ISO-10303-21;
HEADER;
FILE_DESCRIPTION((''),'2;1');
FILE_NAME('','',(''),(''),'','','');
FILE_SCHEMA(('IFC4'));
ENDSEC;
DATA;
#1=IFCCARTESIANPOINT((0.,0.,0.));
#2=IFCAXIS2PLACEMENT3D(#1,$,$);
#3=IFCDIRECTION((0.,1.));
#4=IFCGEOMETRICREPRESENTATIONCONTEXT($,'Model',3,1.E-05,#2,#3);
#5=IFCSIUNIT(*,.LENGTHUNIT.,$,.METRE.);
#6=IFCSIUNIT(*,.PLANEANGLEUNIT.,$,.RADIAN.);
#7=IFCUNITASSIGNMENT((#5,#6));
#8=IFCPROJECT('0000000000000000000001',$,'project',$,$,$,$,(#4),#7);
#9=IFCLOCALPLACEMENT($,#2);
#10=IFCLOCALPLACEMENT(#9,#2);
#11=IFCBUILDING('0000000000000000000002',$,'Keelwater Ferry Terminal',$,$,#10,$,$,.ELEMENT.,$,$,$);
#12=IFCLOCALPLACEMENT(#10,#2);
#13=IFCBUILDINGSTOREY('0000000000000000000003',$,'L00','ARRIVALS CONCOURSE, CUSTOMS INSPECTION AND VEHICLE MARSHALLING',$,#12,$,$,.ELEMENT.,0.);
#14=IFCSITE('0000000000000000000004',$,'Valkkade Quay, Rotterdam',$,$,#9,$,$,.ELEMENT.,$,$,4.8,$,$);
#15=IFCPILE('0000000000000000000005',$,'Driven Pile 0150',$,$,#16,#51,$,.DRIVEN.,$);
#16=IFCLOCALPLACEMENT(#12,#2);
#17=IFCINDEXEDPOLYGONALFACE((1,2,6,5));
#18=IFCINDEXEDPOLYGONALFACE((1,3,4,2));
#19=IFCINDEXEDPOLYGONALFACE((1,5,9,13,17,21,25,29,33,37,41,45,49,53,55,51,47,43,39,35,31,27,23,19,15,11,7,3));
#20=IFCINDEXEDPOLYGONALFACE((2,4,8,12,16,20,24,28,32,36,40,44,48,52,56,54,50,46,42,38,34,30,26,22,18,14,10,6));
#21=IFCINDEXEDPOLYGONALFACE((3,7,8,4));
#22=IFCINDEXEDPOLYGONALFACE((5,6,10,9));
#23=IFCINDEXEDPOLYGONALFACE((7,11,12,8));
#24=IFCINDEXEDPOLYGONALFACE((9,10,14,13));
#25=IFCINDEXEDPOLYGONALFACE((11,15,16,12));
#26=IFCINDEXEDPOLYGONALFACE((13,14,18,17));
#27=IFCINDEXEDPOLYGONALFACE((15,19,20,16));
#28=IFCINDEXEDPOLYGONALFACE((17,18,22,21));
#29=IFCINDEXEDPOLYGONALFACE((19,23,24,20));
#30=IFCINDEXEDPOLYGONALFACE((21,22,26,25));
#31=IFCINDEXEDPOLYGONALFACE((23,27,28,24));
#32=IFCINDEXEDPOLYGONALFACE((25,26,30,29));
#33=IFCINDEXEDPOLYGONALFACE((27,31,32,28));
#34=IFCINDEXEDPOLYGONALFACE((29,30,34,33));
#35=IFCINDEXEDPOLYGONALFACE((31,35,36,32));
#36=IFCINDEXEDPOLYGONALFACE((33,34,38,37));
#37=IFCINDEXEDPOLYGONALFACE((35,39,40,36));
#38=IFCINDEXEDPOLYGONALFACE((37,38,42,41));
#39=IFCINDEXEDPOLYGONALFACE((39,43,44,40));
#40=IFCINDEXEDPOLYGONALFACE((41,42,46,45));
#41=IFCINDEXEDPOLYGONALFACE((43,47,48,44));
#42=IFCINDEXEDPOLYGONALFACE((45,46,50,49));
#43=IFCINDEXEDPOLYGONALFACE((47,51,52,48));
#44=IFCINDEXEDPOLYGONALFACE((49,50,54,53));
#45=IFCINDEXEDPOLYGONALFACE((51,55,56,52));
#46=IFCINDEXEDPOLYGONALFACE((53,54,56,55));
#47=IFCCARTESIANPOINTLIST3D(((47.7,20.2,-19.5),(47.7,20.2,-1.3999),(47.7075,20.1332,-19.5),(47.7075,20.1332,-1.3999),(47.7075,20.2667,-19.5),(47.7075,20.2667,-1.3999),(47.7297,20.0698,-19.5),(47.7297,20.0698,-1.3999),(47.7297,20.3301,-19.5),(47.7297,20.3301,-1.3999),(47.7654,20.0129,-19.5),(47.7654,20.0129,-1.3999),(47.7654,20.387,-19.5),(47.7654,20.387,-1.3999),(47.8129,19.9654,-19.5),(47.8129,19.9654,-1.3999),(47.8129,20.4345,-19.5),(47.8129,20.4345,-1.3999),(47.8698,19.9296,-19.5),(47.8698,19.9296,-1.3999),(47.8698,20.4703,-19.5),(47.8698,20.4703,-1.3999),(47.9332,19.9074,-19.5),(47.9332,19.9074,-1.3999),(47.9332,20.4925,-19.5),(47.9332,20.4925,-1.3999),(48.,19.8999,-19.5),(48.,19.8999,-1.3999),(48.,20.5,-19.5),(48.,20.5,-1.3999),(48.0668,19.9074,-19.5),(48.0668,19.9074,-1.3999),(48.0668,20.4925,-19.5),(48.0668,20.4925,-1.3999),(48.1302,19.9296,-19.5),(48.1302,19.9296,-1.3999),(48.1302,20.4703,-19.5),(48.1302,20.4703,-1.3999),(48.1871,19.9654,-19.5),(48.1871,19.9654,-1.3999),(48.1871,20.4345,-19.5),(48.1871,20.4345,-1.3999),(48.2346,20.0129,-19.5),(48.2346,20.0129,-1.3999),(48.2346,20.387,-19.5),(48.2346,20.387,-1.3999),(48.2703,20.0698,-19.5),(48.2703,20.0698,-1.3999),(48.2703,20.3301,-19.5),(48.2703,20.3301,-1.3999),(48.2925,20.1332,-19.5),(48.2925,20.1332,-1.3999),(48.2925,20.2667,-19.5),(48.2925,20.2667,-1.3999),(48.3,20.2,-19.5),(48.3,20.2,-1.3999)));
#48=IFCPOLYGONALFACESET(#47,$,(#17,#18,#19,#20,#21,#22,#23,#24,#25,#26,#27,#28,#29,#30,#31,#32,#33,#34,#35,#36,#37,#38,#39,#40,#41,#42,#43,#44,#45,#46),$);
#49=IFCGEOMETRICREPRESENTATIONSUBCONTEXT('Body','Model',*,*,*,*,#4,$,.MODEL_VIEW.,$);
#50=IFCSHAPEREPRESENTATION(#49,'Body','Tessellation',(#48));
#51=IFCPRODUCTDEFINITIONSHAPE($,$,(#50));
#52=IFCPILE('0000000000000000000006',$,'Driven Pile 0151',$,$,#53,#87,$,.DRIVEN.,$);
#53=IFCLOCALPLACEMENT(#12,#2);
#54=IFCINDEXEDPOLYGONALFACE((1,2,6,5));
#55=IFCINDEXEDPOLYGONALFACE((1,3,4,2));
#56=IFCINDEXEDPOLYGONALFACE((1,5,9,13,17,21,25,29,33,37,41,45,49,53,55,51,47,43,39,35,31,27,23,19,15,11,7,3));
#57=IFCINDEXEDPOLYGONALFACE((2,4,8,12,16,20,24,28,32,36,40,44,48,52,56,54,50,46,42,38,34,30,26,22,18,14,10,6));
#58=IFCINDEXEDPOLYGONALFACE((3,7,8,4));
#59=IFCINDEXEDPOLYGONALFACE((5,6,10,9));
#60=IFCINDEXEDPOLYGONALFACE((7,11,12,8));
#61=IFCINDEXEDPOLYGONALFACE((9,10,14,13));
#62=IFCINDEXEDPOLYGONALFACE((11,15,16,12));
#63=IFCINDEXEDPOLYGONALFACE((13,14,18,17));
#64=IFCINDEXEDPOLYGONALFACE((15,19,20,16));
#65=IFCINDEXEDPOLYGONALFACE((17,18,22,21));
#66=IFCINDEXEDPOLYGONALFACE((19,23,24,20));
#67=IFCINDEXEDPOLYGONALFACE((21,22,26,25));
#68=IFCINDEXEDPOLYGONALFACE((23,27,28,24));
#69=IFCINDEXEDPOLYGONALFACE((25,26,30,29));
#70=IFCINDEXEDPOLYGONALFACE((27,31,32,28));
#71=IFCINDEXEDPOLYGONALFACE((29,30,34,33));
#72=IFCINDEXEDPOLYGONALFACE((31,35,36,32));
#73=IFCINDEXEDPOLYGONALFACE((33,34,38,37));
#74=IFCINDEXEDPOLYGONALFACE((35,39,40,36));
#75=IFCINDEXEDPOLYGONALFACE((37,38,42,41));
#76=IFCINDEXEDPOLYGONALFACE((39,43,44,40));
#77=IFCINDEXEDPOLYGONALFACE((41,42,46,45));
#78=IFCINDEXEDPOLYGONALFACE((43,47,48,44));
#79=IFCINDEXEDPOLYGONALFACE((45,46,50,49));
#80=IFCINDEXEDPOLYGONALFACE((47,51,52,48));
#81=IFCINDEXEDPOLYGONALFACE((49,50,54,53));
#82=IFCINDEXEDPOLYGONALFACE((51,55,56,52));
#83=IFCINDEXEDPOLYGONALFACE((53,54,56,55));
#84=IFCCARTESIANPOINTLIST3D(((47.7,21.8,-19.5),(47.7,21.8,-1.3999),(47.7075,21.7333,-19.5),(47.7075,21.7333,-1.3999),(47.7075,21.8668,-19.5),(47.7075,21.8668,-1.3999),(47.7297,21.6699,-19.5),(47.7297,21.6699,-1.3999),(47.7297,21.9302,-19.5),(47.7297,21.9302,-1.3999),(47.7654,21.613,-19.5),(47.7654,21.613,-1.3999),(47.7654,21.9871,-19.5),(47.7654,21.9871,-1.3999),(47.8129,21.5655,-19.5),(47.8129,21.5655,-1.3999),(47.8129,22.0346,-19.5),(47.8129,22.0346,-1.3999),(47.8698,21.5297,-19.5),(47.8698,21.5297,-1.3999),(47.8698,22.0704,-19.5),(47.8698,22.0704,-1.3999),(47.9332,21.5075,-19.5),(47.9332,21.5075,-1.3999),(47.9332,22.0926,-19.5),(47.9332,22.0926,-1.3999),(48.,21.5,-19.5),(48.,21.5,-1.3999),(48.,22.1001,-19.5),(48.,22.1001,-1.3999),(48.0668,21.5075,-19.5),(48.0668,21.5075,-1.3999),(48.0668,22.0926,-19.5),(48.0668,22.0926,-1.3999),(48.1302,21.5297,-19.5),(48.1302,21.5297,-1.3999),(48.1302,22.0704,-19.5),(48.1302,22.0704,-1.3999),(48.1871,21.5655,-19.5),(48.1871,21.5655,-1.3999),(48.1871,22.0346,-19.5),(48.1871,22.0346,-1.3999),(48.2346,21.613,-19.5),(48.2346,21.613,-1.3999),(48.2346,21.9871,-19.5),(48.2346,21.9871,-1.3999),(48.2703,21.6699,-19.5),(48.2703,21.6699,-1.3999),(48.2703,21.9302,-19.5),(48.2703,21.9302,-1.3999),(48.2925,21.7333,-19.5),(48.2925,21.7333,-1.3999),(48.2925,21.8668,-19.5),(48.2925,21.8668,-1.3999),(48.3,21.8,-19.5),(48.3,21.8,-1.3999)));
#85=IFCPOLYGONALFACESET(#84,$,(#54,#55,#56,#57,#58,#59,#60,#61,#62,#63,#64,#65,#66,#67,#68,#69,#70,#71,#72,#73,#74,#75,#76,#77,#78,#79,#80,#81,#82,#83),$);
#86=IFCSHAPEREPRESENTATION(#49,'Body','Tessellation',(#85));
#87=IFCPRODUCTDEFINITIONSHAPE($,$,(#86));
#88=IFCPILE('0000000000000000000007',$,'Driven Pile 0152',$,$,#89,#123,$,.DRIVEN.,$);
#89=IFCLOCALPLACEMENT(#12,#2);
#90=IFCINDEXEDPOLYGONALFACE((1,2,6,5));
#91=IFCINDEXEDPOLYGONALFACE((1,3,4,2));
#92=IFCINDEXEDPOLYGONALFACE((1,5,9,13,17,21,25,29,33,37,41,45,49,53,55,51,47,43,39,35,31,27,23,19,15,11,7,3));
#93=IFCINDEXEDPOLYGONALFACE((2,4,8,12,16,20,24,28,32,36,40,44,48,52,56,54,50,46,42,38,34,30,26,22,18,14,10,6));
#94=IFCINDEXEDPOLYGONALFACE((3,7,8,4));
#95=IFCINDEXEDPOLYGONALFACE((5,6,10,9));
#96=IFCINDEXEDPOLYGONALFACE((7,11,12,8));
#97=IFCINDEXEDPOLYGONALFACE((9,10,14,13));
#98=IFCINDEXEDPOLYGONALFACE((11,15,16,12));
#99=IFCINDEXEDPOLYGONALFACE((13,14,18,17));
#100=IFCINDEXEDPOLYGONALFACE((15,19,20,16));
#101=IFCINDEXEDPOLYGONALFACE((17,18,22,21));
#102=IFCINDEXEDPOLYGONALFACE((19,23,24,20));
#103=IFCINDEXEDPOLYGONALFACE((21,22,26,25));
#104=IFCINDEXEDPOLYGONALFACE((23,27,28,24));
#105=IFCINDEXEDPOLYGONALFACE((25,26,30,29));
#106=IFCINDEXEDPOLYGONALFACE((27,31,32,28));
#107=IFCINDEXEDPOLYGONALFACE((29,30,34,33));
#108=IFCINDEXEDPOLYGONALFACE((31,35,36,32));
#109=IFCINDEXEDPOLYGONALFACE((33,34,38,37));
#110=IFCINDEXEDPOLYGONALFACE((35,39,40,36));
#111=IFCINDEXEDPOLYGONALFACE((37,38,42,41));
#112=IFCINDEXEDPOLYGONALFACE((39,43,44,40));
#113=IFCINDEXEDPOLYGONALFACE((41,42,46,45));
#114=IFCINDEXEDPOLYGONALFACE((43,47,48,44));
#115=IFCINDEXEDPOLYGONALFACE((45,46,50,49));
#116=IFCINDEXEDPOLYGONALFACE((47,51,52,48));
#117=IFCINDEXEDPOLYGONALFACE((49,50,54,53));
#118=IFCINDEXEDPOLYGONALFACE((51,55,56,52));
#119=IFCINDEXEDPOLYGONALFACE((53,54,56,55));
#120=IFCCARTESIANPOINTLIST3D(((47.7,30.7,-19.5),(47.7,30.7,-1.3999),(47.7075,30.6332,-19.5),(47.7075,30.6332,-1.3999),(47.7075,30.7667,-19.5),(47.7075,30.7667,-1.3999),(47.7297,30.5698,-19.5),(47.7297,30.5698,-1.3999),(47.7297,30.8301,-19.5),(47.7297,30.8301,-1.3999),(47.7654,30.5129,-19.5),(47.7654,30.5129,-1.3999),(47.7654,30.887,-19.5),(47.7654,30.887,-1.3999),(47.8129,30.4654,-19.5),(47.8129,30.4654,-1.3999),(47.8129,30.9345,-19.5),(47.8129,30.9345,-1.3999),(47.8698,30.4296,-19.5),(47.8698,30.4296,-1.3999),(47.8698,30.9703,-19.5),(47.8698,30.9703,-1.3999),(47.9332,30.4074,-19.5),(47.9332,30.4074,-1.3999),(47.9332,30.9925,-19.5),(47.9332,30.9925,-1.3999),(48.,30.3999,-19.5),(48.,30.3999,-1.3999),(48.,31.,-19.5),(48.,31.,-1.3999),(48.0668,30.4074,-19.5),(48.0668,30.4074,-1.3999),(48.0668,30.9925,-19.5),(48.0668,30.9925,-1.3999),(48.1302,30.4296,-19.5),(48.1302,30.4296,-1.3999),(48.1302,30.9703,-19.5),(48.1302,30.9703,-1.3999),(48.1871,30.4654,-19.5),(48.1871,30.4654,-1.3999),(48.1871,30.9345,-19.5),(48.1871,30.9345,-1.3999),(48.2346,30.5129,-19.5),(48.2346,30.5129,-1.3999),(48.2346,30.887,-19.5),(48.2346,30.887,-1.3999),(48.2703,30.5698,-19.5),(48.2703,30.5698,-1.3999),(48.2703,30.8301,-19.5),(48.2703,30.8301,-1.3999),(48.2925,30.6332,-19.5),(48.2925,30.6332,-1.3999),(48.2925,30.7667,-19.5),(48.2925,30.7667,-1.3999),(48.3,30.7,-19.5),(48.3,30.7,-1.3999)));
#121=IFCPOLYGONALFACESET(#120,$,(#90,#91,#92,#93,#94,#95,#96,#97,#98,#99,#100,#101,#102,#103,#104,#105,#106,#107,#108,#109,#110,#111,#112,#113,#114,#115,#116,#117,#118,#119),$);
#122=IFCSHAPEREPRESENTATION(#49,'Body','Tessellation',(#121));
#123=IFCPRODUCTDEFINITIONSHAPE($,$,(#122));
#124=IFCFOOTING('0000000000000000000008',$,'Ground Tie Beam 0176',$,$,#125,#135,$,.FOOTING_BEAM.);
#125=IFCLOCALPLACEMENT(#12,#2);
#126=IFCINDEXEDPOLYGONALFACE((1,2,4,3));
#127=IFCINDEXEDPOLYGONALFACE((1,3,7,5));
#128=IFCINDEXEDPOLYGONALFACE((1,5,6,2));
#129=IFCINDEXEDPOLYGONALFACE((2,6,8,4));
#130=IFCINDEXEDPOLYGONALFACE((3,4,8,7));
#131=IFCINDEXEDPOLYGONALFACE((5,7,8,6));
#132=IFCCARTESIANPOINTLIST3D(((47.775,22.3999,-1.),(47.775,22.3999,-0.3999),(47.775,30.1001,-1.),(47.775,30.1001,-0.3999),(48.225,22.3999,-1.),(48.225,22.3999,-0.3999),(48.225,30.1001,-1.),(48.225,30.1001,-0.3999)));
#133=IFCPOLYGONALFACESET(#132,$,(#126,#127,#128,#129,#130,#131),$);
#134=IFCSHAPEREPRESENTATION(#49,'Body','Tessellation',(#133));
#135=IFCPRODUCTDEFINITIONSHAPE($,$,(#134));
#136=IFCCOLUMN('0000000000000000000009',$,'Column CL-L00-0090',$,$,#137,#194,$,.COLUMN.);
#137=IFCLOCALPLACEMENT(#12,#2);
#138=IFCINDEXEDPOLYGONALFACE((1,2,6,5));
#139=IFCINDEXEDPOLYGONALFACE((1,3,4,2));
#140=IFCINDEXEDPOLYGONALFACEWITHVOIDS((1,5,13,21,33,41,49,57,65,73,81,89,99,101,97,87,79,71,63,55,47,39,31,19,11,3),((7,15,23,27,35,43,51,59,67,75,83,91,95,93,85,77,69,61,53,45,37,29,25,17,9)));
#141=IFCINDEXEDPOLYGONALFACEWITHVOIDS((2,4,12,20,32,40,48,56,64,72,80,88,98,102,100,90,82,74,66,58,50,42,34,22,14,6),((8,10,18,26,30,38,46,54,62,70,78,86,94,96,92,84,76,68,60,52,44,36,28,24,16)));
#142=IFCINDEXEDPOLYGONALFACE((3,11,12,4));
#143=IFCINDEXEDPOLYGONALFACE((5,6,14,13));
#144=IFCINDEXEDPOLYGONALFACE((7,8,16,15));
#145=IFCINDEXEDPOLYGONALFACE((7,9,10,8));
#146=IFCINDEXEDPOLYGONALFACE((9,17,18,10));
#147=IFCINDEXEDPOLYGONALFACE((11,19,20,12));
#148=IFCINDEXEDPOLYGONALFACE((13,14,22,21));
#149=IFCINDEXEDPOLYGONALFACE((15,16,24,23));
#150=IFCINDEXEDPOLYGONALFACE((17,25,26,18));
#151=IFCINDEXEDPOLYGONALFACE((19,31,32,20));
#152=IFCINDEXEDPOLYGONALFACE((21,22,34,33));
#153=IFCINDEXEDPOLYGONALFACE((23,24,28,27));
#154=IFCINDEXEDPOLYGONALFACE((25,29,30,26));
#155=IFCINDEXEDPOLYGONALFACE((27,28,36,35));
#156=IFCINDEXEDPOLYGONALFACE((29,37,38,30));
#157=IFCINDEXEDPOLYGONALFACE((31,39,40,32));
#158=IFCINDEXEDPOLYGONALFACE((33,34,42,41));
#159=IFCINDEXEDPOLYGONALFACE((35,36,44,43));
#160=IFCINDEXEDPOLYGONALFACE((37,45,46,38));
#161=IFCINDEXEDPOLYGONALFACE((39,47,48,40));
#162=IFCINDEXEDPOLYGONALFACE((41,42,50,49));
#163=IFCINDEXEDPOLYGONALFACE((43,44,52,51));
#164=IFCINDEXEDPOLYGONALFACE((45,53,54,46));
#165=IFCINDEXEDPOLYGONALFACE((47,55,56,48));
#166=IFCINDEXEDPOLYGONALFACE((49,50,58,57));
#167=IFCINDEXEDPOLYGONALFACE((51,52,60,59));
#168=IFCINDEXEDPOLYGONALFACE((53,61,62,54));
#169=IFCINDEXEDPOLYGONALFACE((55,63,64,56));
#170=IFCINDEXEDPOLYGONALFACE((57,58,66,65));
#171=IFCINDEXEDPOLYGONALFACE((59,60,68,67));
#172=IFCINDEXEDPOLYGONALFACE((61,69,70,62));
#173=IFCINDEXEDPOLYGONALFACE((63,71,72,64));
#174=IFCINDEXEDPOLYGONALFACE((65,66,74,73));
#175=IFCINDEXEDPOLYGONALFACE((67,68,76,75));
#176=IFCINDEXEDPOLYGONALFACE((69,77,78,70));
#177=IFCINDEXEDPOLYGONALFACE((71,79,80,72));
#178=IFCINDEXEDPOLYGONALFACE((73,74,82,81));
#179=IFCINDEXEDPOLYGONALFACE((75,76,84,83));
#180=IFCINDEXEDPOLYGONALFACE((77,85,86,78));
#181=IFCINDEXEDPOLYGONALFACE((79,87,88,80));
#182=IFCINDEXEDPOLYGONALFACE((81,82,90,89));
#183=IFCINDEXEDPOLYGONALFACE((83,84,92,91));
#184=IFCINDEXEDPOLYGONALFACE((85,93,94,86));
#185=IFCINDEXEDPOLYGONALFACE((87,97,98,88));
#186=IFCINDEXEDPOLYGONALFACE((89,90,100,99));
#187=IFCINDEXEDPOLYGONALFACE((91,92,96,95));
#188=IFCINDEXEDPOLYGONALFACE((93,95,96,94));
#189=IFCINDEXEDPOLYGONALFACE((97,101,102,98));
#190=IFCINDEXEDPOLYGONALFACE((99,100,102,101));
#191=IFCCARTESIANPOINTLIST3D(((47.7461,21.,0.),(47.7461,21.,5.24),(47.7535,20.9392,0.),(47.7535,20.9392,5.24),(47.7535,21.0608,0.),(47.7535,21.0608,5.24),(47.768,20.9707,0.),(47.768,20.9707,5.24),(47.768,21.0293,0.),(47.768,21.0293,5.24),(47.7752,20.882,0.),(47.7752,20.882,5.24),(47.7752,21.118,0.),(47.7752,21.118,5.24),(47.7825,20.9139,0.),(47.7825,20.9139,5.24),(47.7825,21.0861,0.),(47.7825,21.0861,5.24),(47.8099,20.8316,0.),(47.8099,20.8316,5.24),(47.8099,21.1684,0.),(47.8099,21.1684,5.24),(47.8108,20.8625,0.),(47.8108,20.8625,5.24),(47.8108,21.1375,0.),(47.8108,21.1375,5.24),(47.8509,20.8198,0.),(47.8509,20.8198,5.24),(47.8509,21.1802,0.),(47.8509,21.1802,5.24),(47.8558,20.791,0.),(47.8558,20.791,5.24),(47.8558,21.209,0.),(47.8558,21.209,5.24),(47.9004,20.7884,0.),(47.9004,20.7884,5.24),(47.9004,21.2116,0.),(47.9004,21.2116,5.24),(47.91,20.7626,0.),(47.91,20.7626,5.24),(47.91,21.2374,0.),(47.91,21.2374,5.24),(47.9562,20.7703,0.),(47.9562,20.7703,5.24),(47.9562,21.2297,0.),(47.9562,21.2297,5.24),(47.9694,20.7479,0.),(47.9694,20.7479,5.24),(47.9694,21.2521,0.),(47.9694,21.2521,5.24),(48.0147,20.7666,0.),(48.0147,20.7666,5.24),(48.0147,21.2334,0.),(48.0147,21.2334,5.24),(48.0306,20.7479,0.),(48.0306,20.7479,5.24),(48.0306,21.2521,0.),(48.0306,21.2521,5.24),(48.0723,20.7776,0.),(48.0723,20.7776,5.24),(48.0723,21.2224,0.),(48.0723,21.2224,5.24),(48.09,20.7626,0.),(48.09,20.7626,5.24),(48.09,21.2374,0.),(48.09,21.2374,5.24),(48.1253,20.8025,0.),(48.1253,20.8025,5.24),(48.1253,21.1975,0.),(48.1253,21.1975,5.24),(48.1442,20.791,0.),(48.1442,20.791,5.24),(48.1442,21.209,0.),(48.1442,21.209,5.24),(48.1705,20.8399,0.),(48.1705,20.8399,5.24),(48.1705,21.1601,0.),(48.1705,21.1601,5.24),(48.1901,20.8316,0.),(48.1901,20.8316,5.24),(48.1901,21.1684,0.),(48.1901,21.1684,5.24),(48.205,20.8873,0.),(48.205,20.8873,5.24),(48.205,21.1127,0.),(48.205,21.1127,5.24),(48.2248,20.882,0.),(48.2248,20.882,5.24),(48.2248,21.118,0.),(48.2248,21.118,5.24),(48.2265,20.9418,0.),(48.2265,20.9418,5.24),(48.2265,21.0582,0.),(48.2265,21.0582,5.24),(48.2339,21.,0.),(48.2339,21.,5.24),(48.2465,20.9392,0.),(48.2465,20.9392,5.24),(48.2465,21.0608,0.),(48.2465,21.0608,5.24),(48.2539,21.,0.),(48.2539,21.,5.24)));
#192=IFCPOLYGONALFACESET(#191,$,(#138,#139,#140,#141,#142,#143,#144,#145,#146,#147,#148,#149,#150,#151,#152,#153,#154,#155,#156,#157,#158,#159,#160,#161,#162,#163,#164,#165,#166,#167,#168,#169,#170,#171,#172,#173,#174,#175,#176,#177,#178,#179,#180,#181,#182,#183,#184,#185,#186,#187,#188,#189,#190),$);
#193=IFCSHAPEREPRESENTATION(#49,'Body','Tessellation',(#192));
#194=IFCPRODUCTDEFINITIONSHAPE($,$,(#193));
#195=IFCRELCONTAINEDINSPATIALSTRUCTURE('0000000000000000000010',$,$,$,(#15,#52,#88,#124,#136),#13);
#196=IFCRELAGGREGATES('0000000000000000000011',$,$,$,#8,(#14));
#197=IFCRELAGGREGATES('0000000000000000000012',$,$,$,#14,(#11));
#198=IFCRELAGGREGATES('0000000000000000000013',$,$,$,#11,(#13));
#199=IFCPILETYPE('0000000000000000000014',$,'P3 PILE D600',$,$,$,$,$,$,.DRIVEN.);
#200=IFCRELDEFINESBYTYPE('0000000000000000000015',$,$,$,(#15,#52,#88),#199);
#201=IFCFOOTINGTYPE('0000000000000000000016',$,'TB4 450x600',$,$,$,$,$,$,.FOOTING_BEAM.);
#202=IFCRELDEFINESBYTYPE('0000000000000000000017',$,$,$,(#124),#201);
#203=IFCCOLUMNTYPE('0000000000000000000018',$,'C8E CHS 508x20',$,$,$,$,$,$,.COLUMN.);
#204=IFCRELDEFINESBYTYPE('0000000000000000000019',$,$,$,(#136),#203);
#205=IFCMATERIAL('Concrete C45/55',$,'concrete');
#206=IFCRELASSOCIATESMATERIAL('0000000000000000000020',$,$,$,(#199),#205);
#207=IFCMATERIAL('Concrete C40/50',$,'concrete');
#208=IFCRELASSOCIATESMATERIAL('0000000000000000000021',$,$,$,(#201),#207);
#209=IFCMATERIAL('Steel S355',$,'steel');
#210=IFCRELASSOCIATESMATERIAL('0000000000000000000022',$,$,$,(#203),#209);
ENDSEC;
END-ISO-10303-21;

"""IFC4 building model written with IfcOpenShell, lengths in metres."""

from ifc_helpers import new_model, si_unit, direction, frame, origin, origin_2d, place, context, subcontext, project, spatial, rectangle, circle, hollow_circle, extrude, material, material_profile, profile_set, type_object, element, save


model = new_model("IFC4")

# Units and contexts
model_context = context("Model", 3, precision=1e-05, world=origin(), true_north=direction((0.0, 1.0)))
body_context = subcontext(model_context, "Body", "Model", "MODEL_VIEW")
ifc_project = project(units=[si_unit("LENGTHUNIT", "METRE"), si_unit("PLANEANGLEUNIT", "RADIAN")], contexts=[model_context])

# Site, building, storey
site_placement = place(None, origin())
site = spatial("IfcSite", under=ifc_project, at=site_placement, Name="Valkkade Quay, Rotterdam", CompositionType="ELEMENT", RefElevation=4.8)
building_placement = place(site_placement, origin())
building = spatial("IfcBuilding", under=site, at=building_placement, Name="Keelwater Ferry Terminal", CompositionType="ELEMENT")
storey_placement = place(building_placement, origin())
storey = spatial("IfcBuildingStorey", under=building, at=storey_placement, Name="L00", Description="ARRIVALS CONCOURSE, CUSTOMS INSPECTION AND VEHICLE MARSHALLING", CompositionType="ELEMENT", Elevation=0.0)

# Piles
ifc_material_1 = material(Name="Concrete C45/55", Category="concrete")
ifc_material_profile_1 = material_profile(ifc_material_1, circle(Radius=0.3, at=origin_2d()), Name="PILE D600")
ifc_profile_set_1 = profile_set([ifc_material_profile_1], Name="Concrete C45/55")
pile_type = type_object("IfcPileType", Name="P3 PILE D600", PredefinedType="DRIVEN", material=ifc_profile_set_1)
for number, where, z_axis, x_axis, name in (
    (1, (48.0, 20.2, -1.3999), (0.0, 0.0, -1.0), (1.0, 0.0, 0.0), "Driven Pile 0150"),
    (2, (48.0, 21.8, -1.3999), (0.0, 0.0, -1.0), (1.0, 0.0, 0.0), "Driven Pile 0151"),
    (3, (48.0, 30.7, -1.3999), (0.0, 0.0, -1.0), (1.0, 0.0, 0.0), "Driven Pile 0152"),
):
    element("IfcPile", number, at=place(storey_placement, frame(where, z_axis=z_axis, x_axis=x_axis)), inside=storey, type_object=pile_type, Name=name, PredefinedType="DRIVEN", context=body_context, shape_type="SweptSolid", body=[
        extrude(circle(Radius=0.3, at=origin_2d()), origin(), (0.0, 0.0, 1.0), 18.1001),
    ])

# Footing
ifc_material_2 = material(Name="Concrete C40/50", Category="concrete")
ifc_material_profile_2 = material_profile(ifc_material_2, rectangle(XDim=0.45, YDim=0.6001, at=origin_2d()), Name="TB 450x600")
ifc_profile_set_2 = profile_set([ifc_material_profile_2], Name="Concrete C40/50")
footing_type = type_object("IfcFootingType", Name="TB4 450x600", PredefinedType="FOOTING_BEAM", material=ifc_profile_set_2)
footing_placement = place(storey_placement, frame((48.0, 22.3999, -0.7), z_axis=(0.0, 1.0, 0.0), x_axis=(-1.0, 0.0, 0.0)))
element("IfcFooting", 4, at=footing_placement, inside=storey, type_object=footing_type, Name="Ground Tie Beam 0176", PredefinedType="FOOTING_BEAM", context=body_context, shape_type="SweptSolid", body=[
    extrude(rectangle(XDim=0.45, YDim=0.6001, at=origin_2d()), origin(), (0.0, 0.0, 1.0), 7.7002),
])

# Column
ifc_material_3 = material(Name="Steel S355", Category="steel")
ifc_material_profile_3 = material_profile(ifc_material_3, hollow_circle(Radius=0.2539, WallThickness=0.02, at=origin_2d()), Name="CHS 508x20")
ifc_profile_set_3 = profile_set([ifc_material_profile_3], Name="Steel S355")
column_type = type_object("IfcColumnType", Name="C8E CHS 508x20", PredefinedType="COLUMN", material=ifc_profile_set_3)
for number, where, z_axis, x_axis, name in (
    (5, (48.0, 21.0, 0.0), (0.0, 0.0, 1.0), (1.0, 0.0, 0.0), "Column CL-L00-0090"),
):
    element("IfcColumn", number, at=place(storey_placement, frame(where, z_axis=z_axis, x_axis=x_axis)), inside=storey, type_object=column_type, Name=name, PredefinedType="COLUMN", context=body_context, shape_type="SweptSolid", body=[
        extrude(hollow_circle(Radius=0.2539, WallThickness=0.02, at=origin_2d()), origin(), (0.0, 0.0, 1.0), 5.24),
    ])

save(model, "model.ifc")
